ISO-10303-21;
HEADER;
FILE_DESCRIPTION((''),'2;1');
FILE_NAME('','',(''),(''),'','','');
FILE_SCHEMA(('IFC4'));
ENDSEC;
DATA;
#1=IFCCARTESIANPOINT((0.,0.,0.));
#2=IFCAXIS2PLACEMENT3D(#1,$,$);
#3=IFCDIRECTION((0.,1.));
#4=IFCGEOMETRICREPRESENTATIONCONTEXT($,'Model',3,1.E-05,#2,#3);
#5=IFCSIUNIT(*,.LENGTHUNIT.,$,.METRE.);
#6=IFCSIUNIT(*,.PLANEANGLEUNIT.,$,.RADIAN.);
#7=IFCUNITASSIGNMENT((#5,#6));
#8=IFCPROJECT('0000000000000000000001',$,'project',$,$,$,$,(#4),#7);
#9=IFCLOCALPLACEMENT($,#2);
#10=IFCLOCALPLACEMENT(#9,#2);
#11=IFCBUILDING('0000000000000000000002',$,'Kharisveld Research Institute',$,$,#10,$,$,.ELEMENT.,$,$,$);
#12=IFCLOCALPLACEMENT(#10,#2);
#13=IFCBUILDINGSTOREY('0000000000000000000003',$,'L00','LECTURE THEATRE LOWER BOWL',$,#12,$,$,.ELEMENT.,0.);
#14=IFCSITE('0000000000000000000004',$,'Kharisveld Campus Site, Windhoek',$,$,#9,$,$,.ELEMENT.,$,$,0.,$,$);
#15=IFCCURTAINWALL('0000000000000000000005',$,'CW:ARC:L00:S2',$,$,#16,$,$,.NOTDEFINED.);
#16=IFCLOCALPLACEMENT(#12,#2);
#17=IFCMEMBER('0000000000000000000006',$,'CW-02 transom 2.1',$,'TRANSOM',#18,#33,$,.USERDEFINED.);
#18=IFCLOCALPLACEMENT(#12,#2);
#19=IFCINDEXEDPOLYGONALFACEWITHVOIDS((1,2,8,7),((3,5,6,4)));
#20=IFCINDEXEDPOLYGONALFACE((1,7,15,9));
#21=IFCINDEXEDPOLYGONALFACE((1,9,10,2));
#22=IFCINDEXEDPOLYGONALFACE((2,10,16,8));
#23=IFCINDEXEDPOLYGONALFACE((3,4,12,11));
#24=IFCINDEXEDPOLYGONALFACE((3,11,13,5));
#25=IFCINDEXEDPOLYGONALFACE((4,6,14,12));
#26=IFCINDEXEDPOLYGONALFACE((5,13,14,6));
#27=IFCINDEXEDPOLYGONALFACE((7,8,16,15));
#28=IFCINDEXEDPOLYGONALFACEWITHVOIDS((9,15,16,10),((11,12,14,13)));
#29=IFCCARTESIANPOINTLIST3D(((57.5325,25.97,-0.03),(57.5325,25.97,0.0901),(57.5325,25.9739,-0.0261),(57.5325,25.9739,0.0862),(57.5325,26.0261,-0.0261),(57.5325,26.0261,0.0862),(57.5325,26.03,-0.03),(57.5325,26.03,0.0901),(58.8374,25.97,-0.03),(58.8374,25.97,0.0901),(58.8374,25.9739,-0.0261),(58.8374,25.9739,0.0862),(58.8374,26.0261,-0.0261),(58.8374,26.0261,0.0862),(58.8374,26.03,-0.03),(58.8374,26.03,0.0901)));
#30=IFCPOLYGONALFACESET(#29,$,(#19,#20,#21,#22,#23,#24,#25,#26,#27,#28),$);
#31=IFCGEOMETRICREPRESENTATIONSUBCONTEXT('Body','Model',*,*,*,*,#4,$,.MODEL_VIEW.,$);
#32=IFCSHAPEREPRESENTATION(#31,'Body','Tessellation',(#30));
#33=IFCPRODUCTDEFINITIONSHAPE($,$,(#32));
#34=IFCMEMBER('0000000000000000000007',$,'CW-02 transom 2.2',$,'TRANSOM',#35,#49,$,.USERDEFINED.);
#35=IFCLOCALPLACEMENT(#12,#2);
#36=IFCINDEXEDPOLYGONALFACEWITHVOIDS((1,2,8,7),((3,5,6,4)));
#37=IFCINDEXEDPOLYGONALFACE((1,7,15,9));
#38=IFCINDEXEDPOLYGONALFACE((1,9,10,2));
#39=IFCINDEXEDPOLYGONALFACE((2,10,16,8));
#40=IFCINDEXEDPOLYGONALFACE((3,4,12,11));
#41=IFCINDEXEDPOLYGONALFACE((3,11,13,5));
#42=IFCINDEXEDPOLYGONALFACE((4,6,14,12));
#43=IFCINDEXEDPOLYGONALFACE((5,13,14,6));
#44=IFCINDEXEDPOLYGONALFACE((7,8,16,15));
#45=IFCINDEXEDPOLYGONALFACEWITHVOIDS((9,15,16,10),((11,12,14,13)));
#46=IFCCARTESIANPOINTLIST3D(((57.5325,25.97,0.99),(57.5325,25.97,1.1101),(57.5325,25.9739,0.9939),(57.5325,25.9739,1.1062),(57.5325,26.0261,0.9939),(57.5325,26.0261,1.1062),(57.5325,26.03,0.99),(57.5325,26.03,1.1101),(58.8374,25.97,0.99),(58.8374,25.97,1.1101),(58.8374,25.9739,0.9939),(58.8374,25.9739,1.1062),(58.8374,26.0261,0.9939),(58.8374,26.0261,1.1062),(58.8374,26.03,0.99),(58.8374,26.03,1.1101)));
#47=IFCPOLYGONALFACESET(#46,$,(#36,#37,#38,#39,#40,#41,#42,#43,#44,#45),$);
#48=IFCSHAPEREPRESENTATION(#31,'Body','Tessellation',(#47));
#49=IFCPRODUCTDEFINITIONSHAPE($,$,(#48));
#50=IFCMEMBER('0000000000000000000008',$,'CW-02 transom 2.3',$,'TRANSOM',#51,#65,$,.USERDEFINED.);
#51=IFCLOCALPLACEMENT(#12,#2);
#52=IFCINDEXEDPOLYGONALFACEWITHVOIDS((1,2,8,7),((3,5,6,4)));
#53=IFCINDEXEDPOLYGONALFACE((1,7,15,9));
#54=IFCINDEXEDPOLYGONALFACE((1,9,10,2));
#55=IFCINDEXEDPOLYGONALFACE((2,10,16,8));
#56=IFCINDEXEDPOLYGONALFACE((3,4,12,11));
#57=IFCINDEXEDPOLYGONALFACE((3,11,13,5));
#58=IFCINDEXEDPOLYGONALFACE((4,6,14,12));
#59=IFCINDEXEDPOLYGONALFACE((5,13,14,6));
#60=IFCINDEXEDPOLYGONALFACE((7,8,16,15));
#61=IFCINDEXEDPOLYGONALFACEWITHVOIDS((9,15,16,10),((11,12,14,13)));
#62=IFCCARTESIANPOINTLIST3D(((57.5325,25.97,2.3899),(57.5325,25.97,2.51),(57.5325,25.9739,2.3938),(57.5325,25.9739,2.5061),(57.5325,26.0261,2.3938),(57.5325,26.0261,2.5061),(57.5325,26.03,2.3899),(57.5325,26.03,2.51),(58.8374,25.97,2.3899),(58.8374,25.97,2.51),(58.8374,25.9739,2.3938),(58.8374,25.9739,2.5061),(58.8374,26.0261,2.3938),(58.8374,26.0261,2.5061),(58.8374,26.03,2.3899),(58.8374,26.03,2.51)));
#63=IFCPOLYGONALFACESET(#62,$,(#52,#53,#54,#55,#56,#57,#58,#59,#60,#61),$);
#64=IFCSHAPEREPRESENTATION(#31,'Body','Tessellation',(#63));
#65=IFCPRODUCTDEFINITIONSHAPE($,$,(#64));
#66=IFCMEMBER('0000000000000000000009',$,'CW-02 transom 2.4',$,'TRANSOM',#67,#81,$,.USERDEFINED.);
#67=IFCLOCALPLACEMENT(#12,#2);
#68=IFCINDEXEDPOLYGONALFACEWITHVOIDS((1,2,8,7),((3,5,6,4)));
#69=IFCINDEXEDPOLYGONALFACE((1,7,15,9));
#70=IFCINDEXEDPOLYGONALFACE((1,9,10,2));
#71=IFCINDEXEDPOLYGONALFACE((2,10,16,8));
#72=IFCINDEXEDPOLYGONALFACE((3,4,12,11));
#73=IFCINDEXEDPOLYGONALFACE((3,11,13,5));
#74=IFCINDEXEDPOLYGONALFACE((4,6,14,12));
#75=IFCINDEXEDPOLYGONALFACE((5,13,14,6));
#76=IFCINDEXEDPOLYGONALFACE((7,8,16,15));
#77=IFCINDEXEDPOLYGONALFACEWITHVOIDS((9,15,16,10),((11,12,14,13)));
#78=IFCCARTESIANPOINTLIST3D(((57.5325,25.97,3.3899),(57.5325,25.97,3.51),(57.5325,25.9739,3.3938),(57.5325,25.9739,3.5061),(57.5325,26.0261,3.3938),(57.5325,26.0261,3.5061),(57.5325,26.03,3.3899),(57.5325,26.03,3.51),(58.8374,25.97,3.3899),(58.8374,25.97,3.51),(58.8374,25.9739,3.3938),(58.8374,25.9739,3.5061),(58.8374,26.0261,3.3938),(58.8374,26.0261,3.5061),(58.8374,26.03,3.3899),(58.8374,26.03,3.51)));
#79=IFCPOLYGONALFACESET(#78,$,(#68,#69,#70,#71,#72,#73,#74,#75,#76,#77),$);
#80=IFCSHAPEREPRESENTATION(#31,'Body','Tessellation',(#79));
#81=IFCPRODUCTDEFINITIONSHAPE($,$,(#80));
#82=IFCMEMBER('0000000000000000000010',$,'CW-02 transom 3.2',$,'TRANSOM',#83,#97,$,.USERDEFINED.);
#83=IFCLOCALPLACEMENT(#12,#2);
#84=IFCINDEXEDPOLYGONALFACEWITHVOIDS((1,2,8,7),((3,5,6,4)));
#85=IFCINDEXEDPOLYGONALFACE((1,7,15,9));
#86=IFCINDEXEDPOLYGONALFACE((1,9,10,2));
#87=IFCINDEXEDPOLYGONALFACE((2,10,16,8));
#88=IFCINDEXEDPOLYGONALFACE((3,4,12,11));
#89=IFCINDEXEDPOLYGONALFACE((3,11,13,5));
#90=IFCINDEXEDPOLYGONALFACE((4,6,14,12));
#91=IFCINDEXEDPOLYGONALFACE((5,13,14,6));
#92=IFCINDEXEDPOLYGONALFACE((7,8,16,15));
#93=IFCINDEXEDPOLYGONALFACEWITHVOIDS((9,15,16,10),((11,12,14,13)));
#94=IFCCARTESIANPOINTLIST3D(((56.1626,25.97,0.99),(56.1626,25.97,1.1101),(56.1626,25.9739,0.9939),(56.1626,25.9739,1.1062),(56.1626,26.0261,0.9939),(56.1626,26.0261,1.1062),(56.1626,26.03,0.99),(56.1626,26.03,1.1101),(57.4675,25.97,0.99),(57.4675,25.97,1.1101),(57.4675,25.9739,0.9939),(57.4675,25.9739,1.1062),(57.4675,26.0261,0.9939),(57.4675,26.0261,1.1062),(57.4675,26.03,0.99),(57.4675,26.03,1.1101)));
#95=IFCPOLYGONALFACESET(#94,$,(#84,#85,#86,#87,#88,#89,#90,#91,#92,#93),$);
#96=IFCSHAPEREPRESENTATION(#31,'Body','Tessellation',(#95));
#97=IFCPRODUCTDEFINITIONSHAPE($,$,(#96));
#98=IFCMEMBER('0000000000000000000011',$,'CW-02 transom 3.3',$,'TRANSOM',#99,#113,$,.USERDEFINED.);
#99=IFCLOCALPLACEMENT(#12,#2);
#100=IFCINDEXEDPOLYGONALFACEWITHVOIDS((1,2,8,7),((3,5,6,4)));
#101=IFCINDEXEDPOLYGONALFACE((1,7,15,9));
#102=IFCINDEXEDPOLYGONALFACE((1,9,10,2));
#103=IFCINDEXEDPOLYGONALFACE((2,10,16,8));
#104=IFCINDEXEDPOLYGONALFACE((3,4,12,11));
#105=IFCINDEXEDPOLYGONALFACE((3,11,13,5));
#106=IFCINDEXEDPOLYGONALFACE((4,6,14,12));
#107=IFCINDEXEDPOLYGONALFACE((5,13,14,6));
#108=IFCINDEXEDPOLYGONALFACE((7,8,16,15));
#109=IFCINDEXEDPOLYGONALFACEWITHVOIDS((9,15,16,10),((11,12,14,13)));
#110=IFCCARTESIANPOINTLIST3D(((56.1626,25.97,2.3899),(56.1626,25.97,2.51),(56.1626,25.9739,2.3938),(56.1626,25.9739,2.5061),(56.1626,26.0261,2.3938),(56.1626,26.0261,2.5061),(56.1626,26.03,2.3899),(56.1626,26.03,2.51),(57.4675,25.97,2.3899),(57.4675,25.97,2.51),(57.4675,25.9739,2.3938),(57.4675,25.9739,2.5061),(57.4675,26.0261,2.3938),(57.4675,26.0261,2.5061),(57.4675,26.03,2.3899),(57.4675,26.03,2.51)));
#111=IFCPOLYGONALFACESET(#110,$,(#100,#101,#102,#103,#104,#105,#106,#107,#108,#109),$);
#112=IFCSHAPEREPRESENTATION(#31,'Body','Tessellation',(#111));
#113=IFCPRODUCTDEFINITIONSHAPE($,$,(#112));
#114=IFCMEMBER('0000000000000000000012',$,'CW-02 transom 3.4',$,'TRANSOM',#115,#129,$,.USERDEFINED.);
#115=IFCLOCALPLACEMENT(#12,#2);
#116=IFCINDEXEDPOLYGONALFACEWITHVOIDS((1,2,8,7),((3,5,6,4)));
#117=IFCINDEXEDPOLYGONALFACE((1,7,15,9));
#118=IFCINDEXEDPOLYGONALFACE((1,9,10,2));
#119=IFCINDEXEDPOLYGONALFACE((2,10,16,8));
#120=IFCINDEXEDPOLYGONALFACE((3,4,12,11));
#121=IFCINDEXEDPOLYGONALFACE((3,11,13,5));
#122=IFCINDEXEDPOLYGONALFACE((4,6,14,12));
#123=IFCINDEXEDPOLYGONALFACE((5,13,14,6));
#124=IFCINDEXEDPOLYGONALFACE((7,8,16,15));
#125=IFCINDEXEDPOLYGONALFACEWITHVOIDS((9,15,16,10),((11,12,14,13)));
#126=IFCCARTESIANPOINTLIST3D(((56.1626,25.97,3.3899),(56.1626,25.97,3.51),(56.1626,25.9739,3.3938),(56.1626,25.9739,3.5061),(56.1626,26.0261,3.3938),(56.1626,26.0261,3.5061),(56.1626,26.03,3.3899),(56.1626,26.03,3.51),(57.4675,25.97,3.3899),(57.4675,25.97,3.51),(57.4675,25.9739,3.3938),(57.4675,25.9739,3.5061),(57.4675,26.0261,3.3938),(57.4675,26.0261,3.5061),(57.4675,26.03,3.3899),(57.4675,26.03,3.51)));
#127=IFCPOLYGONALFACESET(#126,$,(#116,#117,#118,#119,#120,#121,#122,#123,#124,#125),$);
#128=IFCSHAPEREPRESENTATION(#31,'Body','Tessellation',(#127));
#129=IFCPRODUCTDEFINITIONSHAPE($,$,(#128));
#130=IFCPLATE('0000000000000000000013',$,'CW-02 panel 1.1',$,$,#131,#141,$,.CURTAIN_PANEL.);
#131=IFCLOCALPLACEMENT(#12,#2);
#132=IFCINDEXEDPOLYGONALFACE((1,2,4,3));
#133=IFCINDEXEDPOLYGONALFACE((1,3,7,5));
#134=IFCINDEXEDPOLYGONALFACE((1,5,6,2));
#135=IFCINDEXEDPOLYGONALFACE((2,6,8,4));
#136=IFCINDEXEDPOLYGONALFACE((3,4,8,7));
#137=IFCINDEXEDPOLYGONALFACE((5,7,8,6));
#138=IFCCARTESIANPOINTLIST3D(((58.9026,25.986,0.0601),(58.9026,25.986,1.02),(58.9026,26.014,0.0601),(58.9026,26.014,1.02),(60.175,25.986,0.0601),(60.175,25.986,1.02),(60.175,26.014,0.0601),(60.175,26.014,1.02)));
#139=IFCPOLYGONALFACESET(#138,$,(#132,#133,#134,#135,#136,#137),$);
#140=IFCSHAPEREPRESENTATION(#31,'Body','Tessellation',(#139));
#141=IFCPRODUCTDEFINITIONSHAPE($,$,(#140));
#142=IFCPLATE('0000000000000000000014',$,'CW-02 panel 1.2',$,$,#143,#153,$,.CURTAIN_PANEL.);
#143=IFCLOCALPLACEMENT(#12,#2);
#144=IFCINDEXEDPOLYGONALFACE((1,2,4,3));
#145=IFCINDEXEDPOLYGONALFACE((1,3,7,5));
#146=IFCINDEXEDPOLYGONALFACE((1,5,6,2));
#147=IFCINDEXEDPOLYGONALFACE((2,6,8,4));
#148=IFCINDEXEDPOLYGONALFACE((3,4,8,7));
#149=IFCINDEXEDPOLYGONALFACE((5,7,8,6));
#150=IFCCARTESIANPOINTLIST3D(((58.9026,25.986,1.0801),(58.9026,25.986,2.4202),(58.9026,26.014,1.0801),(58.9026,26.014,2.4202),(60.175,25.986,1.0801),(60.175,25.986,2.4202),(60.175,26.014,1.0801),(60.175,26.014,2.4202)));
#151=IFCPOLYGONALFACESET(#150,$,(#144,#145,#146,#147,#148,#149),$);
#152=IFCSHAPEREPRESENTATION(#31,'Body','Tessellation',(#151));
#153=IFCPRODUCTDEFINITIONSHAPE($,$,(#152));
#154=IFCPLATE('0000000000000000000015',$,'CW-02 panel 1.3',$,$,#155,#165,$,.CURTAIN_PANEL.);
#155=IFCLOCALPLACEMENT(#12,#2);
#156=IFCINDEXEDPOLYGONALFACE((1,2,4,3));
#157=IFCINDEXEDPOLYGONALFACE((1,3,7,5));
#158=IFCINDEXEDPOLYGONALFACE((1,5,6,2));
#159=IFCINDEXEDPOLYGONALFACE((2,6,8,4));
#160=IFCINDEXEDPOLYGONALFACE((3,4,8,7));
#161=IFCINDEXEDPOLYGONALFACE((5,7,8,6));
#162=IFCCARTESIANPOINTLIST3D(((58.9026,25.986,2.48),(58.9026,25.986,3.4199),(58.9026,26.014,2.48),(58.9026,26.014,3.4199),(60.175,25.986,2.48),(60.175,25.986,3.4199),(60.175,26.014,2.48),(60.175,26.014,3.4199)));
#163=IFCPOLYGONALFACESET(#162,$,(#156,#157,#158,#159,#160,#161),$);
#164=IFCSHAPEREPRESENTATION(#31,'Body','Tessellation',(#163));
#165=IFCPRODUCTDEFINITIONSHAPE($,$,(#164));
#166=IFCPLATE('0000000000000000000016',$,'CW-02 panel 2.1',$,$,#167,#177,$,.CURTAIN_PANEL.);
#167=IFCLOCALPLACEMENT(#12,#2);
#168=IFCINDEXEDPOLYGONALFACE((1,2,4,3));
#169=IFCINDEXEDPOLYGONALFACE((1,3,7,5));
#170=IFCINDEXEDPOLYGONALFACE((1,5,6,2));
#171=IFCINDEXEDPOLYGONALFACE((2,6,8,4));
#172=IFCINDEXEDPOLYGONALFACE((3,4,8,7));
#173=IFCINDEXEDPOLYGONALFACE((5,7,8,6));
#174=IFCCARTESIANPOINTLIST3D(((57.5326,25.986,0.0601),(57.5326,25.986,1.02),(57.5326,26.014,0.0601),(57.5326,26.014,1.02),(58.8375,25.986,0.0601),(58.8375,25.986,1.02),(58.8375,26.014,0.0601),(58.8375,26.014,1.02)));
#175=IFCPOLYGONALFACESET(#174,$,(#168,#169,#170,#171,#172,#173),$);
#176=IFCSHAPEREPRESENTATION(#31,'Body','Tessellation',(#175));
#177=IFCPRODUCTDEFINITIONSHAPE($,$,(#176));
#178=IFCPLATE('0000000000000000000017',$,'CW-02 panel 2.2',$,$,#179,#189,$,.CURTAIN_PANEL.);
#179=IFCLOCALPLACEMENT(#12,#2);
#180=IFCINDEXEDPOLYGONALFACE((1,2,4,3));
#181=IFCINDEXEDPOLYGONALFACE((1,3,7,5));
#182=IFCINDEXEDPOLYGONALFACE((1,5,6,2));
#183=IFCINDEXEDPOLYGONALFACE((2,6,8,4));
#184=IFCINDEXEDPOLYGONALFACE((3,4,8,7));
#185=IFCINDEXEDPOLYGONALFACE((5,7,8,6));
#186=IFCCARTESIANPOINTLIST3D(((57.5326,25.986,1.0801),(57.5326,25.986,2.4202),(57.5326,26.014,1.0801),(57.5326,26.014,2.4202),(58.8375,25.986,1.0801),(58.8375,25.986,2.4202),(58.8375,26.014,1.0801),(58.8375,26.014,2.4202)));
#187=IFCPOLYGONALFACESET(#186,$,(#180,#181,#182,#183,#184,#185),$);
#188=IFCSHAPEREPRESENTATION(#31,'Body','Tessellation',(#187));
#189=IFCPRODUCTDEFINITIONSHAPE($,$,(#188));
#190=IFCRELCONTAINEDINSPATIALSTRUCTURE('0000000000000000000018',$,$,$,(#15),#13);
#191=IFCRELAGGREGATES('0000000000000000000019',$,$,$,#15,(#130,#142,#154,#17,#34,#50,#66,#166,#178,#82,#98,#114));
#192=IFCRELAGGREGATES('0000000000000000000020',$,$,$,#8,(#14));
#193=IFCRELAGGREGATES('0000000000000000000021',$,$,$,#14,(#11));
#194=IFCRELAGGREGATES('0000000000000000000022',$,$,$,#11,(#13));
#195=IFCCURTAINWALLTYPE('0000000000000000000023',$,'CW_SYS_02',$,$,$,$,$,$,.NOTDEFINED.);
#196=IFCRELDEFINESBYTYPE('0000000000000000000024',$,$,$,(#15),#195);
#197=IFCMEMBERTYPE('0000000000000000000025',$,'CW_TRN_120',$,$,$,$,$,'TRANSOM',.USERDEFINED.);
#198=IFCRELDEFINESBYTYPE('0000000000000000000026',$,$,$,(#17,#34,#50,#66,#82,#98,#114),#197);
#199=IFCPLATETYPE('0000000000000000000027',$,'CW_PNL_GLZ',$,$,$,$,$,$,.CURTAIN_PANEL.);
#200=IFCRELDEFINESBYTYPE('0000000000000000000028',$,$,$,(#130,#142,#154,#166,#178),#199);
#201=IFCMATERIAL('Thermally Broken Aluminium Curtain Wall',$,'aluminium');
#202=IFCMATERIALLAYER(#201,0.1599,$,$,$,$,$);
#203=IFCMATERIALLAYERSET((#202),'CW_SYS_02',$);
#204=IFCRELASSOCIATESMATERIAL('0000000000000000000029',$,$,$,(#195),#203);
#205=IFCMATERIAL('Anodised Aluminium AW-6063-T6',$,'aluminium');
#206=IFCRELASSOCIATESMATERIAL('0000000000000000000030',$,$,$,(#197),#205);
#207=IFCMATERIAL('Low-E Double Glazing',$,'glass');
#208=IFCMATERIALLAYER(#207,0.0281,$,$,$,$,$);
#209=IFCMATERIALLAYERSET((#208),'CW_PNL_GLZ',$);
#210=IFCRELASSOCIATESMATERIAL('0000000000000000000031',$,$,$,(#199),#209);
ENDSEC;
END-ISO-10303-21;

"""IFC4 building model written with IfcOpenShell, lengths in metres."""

from ifc_helpers import new_model, si_unit, direction, frame, origin, origin_2d, place, context, subcontext, project, spatial, rectangle, hollow_rectangle, extrude, material, layer, layer_set, material_profile, profile_set, type_object, element, aggregate, save


model = new_model("IFC4")

# Units and contexts
model_context = context("Model", 3, precision=1e-05, world=origin(), true_north=direction((0.0, 1.0)))
body_context = subcontext(model_context, "Body", "Model", "MODEL_VIEW")
ifc_project = project(units=[si_unit("LENGTHUNIT", "METRE"), si_unit("PLANEANGLEUNIT", "RADIAN")], contexts=[model_context])

# Site, building, storey
site_placement = place(None, origin())
site = spatial("IfcSite", under=ifc_project, at=site_placement, Name="Kharisveld Campus Site, Windhoek", CompositionType="ELEMENT", RefElevation=0.0)
building_placement = place(site_placement, origin())
building = spatial("IfcBuilding", under=site, at=building_placement, Name="Kharisveld Research Institute", CompositionType="ELEMENT")
storey_placement = place(building_placement, origin())
storey = spatial("IfcBuildingStorey", under=building, at=storey_placement, Name="L00", Description="LECTURE THEATRE LOWER BOWL", CompositionType="ELEMENT", Elevation=0.0)

# Curtain wall, members, plates
ifc_material_1 = material(Name="Thermally Broken Aluminium Curtain Wall", Category="aluminium")
ifc_layer_1 = layer(ifc_material_1, 0.1599)
ifc_layer_set_1 = layer_set([ifc_layer_1], Name="CW_SYS_02")
curtain_wall_type = type_object("IfcCurtainWallType", Name="CW_SYS_02", PredefinedType="NOTDEFINED", material=ifc_layer_set_1)
curtain_wall_placement = place(storey_placement, origin())
curtain_wall = element("IfcCurtainWall", 1, at=curtain_wall_placement, inside=storey, type_object=curtain_wall_type, Name="CW:ARC:L00:S2", PredefinedType="NOTDEFINED")
ifc_material_2 = material(Name="Anodised Aluminium AW-6063-T6", Category="aluminium")
ifc_material_profile_1 = material_profile(ifc_material_2, hollow_rectangle(XDim=0.0601, YDim=0.1201, WallThickness=0.0039, at=origin_2d()))
ifc_profile_set_1 = profile_set([ifc_material_profile_1], Name="Anodised Aluminium AW-6063-T6")
member_type_1 = type_object("IfcMemberType", Name="CW_TRN_120", ElementType="TRANSOM", PredefinedType="USERDEFINED", material=ifc_profile_set_1)
member_1_placement = place(storey_placement, frame((58.8374, 26.0, 0.03), z_axis=(-1.0, 0.0, 0.0), x_axis=(0.0, -1.0, 0.0)))
member_1 = element("IfcMember", 2, at=member_1_placement, type_object=member_type_1, Name="CW-02 transom 2.1", ObjectType="TRANSOM", PredefinedType="USERDEFINED", context=body_context, shape_type="SweptSolid", body=[
    extrude(hollow_rectangle(XDim=0.0601, YDim=0.1201, WallThickness=0.0039, at=origin_2d()), origin(), (0.0, 0.0, 1.0), 1.3049),
])
member_2_placement = place(storey_placement, frame((58.8374, 26.0, 1.05), z_axis=(-1.0, 0.0, 0.0), x_axis=(0.0, -1.0, 0.0)))
member_2 = element("IfcMember", 3, at=member_2_placement, type_object=member_type_1, Name="CW-02 transom 2.2", ObjectType="TRANSOM", PredefinedType="USERDEFINED", context=body_context, shape_type="SweptSolid", body=[
    extrude(hollow_rectangle(XDim=0.0601, YDim=0.1201, WallThickness=0.0039, at=origin_2d()), origin(), (0.0, 0.0, 1.0), 1.3049),
])
member_3_placement = place(storey_placement, frame((58.8374, 26.0, 2.45), z_axis=(-1.0, 0.0, 0.0), x_axis=(0.0, -1.0, 0.0)))
member_3 = element("IfcMember", 4, at=member_3_placement, type_object=member_type_1, Name="CW-02 transom 2.3", ObjectType="TRANSOM", PredefinedType="USERDEFINED", context=body_context, shape_type="SweptSolid", body=[
    extrude(hollow_rectangle(XDim=0.0601, YDim=0.1201, WallThickness=0.0039, at=origin_2d()), origin(), (0.0, 0.0, 1.0), 1.3049),
])
member_4_placement = place(storey_placement, frame((58.8374, 26.0, 3.45), z_axis=(-1.0, 0.0, 0.0), x_axis=(0.0, -1.0, 0.0)))
member_4 = element("IfcMember", 5, at=member_4_placement, type_object=member_type_1, Name="CW-02 transom 2.4", ObjectType="TRANSOM", PredefinedType="USERDEFINED", context=body_context, shape_type="SweptSolid", body=[
    extrude(hollow_rectangle(XDim=0.0601, YDim=0.1201, WallThickness=0.0039, at=origin_2d()), origin(), (0.0, 0.0, 1.0), 1.3049),
])
member_5_placement = place(storey_placement, frame((57.4675, 26.0, 1.05), z_axis=(-1.0, 0.0, 0.0), x_axis=(0.0, -1.0, 0.0)))
member_5 = element("IfcMember", 6, at=member_5_placement, type_object=member_type_1, Name="CW-02 transom 3.2", ObjectType="TRANSOM", PredefinedType="USERDEFINED", context=body_context, shape_type="SweptSolid", body=[
    extrude(hollow_rectangle(XDim=0.0601, YDim=0.1201, WallThickness=0.0039, at=origin_2d()), origin(), (0.0, 0.0, 1.0), 1.3049),
])
member_6_placement = place(storey_placement, frame((57.4675, 26.0, 2.45), z_axis=(-1.0, 0.0, 0.0), x_axis=(0.0, -1.0, 0.0)))
member_6 = element("IfcMember", 7, at=member_6_placement, type_object=member_type_1, Name="CW-02 transom 3.3", ObjectType="TRANSOM", PredefinedType="USERDEFINED", context=body_context, shape_type="SweptSolid", body=[
    extrude(hollow_rectangle(XDim=0.0601, YDim=0.1201, WallThickness=0.0039, at=origin_2d()), origin(), (0.0, 0.0, 1.0), 1.3049),
])
member_7_placement = place(storey_placement, frame((57.4675, 26.0, 3.45), z_axis=(-1.0, 0.0, 0.0), x_axis=(0.0, -1.0, 0.0)))
member_7 = element("IfcMember", 8, at=member_7_placement, type_object=member_type_1, Name="CW-02 transom 3.4", ObjectType="TRANSOM", PredefinedType="USERDEFINED", context=body_context, shape_type="SweptSolid", body=[
    extrude(hollow_rectangle(XDim=0.0601, YDim=0.1201, WallThickness=0.0039, at=origin_2d()), origin(), (0.0, 0.0, 1.0), 1.3049),
])
ifc_material_3 = material(Name="Low-E Double Glazing", Category="glass")
ifc_layer_2 = layer(ifc_material_3, 0.0281)
ifc_layer_set_2 = layer_set([ifc_layer_2], Name="CW_PNL_GLZ")
plate_type = type_object("IfcPlateType", Name="CW_PNL_GLZ", PredefinedType="CURTAIN_PANEL", material=ifc_layer_set_2)
plate_1_placement = place(storey_placement, frame((59.5388, 26.0, 0.0601), z_axis=(0.0, 0.0, 1.0), x_axis=(-1.0, 0.0, 0.0)))
plate_1 = element("IfcPlate", 9, at=plate_1_placement, type_object=plate_type, Name="CW-02 panel 1.1", PredefinedType="CURTAIN_PANEL", context=body_context, shape_type="SweptSolid", body=[
    extrude(rectangle(XDim=1.2725, YDim=0.0281, at=origin_2d()), origin(), (0.0, 0.0, 1.0), 0.96),
])
plate_2_placement = place(storey_placement, frame((59.5388, 26.0, 1.0801), z_axis=(0.0, 0.0, 1.0), x_axis=(-1.0, 0.0, 0.0)))
plate_2 = element("IfcPlate", 10, at=plate_2_placement, type_object=plate_type, Name="CW-02 panel 1.2", PredefinedType="CURTAIN_PANEL", context=body_context, shape_type="SweptSolid", body=[
    extrude(rectangle(XDim=1.2725, YDim=0.0281, at=origin_2d()), origin(), (0.0, 0.0, 1.0), 1.3401),
])
plate_3_placement = place(storey_placement, frame((59.5388, 26.0, 2.48), z_axis=(0.0, 0.0, 1.0), x_axis=(-1.0, 0.0, 0.0)))
plate_3 = element("IfcPlate", 11, at=plate_3_placement, type_object=plate_type, Name="CW-02 panel 1.3", PredefinedType="CURTAIN_PANEL", context=body_context, shape_type="SweptSolid", body=[
    extrude(rectangle(XDim=1.2725, YDim=0.0281, at=origin_2d()), origin(), (0.0, 0.0, 1.0), 0.9399),
])
plate_4_placement = place(storey_placement, frame((58.1851, 26.0, 0.0601), z_axis=(0.0, 0.0, 1.0), x_axis=(-1.0, 0.0, 0.0)))
plate_4 = element("IfcPlate", 12, at=plate_4_placement, type_object=plate_type, Name="CW-02 panel 2.1", PredefinedType="CURTAIN_PANEL", context=body_context, shape_type="SweptSolid", body=[
    extrude(rectangle(XDim=1.3049, YDim=0.0281, at=origin_2d()), origin(), (0.0, 0.0, 1.0), 0.96),
])
plate_5_placement = place(storey_placement, frame((58.1851, 26.0, 1.0801), z_axis=(0.0, 0.0, 1.0), x_axis=(-1.0, 0.0, 0.0)))
plate_5 = element("IfcPlate", 13, at=plate_5_placement, type_object=plate_type, Name="CW-02 panel 2.2", PredefinedType="CURTAIN_PANEL", context=body_context, shape_type="SweptSolid", body=[
    extrude(rectangle(XDim=1.3049, YDim=0.0281, at=origin_2d()), origin(), (0.0, 0.0, 1.0), 1.3401),
])
aggregate(curtain_wall, [plate_1, plate_2, plate_3, member_1, member_2, member_3, member_4, plate_4, plate_5, member_5, member_6, member_7])

save(model, "model.ifc")
